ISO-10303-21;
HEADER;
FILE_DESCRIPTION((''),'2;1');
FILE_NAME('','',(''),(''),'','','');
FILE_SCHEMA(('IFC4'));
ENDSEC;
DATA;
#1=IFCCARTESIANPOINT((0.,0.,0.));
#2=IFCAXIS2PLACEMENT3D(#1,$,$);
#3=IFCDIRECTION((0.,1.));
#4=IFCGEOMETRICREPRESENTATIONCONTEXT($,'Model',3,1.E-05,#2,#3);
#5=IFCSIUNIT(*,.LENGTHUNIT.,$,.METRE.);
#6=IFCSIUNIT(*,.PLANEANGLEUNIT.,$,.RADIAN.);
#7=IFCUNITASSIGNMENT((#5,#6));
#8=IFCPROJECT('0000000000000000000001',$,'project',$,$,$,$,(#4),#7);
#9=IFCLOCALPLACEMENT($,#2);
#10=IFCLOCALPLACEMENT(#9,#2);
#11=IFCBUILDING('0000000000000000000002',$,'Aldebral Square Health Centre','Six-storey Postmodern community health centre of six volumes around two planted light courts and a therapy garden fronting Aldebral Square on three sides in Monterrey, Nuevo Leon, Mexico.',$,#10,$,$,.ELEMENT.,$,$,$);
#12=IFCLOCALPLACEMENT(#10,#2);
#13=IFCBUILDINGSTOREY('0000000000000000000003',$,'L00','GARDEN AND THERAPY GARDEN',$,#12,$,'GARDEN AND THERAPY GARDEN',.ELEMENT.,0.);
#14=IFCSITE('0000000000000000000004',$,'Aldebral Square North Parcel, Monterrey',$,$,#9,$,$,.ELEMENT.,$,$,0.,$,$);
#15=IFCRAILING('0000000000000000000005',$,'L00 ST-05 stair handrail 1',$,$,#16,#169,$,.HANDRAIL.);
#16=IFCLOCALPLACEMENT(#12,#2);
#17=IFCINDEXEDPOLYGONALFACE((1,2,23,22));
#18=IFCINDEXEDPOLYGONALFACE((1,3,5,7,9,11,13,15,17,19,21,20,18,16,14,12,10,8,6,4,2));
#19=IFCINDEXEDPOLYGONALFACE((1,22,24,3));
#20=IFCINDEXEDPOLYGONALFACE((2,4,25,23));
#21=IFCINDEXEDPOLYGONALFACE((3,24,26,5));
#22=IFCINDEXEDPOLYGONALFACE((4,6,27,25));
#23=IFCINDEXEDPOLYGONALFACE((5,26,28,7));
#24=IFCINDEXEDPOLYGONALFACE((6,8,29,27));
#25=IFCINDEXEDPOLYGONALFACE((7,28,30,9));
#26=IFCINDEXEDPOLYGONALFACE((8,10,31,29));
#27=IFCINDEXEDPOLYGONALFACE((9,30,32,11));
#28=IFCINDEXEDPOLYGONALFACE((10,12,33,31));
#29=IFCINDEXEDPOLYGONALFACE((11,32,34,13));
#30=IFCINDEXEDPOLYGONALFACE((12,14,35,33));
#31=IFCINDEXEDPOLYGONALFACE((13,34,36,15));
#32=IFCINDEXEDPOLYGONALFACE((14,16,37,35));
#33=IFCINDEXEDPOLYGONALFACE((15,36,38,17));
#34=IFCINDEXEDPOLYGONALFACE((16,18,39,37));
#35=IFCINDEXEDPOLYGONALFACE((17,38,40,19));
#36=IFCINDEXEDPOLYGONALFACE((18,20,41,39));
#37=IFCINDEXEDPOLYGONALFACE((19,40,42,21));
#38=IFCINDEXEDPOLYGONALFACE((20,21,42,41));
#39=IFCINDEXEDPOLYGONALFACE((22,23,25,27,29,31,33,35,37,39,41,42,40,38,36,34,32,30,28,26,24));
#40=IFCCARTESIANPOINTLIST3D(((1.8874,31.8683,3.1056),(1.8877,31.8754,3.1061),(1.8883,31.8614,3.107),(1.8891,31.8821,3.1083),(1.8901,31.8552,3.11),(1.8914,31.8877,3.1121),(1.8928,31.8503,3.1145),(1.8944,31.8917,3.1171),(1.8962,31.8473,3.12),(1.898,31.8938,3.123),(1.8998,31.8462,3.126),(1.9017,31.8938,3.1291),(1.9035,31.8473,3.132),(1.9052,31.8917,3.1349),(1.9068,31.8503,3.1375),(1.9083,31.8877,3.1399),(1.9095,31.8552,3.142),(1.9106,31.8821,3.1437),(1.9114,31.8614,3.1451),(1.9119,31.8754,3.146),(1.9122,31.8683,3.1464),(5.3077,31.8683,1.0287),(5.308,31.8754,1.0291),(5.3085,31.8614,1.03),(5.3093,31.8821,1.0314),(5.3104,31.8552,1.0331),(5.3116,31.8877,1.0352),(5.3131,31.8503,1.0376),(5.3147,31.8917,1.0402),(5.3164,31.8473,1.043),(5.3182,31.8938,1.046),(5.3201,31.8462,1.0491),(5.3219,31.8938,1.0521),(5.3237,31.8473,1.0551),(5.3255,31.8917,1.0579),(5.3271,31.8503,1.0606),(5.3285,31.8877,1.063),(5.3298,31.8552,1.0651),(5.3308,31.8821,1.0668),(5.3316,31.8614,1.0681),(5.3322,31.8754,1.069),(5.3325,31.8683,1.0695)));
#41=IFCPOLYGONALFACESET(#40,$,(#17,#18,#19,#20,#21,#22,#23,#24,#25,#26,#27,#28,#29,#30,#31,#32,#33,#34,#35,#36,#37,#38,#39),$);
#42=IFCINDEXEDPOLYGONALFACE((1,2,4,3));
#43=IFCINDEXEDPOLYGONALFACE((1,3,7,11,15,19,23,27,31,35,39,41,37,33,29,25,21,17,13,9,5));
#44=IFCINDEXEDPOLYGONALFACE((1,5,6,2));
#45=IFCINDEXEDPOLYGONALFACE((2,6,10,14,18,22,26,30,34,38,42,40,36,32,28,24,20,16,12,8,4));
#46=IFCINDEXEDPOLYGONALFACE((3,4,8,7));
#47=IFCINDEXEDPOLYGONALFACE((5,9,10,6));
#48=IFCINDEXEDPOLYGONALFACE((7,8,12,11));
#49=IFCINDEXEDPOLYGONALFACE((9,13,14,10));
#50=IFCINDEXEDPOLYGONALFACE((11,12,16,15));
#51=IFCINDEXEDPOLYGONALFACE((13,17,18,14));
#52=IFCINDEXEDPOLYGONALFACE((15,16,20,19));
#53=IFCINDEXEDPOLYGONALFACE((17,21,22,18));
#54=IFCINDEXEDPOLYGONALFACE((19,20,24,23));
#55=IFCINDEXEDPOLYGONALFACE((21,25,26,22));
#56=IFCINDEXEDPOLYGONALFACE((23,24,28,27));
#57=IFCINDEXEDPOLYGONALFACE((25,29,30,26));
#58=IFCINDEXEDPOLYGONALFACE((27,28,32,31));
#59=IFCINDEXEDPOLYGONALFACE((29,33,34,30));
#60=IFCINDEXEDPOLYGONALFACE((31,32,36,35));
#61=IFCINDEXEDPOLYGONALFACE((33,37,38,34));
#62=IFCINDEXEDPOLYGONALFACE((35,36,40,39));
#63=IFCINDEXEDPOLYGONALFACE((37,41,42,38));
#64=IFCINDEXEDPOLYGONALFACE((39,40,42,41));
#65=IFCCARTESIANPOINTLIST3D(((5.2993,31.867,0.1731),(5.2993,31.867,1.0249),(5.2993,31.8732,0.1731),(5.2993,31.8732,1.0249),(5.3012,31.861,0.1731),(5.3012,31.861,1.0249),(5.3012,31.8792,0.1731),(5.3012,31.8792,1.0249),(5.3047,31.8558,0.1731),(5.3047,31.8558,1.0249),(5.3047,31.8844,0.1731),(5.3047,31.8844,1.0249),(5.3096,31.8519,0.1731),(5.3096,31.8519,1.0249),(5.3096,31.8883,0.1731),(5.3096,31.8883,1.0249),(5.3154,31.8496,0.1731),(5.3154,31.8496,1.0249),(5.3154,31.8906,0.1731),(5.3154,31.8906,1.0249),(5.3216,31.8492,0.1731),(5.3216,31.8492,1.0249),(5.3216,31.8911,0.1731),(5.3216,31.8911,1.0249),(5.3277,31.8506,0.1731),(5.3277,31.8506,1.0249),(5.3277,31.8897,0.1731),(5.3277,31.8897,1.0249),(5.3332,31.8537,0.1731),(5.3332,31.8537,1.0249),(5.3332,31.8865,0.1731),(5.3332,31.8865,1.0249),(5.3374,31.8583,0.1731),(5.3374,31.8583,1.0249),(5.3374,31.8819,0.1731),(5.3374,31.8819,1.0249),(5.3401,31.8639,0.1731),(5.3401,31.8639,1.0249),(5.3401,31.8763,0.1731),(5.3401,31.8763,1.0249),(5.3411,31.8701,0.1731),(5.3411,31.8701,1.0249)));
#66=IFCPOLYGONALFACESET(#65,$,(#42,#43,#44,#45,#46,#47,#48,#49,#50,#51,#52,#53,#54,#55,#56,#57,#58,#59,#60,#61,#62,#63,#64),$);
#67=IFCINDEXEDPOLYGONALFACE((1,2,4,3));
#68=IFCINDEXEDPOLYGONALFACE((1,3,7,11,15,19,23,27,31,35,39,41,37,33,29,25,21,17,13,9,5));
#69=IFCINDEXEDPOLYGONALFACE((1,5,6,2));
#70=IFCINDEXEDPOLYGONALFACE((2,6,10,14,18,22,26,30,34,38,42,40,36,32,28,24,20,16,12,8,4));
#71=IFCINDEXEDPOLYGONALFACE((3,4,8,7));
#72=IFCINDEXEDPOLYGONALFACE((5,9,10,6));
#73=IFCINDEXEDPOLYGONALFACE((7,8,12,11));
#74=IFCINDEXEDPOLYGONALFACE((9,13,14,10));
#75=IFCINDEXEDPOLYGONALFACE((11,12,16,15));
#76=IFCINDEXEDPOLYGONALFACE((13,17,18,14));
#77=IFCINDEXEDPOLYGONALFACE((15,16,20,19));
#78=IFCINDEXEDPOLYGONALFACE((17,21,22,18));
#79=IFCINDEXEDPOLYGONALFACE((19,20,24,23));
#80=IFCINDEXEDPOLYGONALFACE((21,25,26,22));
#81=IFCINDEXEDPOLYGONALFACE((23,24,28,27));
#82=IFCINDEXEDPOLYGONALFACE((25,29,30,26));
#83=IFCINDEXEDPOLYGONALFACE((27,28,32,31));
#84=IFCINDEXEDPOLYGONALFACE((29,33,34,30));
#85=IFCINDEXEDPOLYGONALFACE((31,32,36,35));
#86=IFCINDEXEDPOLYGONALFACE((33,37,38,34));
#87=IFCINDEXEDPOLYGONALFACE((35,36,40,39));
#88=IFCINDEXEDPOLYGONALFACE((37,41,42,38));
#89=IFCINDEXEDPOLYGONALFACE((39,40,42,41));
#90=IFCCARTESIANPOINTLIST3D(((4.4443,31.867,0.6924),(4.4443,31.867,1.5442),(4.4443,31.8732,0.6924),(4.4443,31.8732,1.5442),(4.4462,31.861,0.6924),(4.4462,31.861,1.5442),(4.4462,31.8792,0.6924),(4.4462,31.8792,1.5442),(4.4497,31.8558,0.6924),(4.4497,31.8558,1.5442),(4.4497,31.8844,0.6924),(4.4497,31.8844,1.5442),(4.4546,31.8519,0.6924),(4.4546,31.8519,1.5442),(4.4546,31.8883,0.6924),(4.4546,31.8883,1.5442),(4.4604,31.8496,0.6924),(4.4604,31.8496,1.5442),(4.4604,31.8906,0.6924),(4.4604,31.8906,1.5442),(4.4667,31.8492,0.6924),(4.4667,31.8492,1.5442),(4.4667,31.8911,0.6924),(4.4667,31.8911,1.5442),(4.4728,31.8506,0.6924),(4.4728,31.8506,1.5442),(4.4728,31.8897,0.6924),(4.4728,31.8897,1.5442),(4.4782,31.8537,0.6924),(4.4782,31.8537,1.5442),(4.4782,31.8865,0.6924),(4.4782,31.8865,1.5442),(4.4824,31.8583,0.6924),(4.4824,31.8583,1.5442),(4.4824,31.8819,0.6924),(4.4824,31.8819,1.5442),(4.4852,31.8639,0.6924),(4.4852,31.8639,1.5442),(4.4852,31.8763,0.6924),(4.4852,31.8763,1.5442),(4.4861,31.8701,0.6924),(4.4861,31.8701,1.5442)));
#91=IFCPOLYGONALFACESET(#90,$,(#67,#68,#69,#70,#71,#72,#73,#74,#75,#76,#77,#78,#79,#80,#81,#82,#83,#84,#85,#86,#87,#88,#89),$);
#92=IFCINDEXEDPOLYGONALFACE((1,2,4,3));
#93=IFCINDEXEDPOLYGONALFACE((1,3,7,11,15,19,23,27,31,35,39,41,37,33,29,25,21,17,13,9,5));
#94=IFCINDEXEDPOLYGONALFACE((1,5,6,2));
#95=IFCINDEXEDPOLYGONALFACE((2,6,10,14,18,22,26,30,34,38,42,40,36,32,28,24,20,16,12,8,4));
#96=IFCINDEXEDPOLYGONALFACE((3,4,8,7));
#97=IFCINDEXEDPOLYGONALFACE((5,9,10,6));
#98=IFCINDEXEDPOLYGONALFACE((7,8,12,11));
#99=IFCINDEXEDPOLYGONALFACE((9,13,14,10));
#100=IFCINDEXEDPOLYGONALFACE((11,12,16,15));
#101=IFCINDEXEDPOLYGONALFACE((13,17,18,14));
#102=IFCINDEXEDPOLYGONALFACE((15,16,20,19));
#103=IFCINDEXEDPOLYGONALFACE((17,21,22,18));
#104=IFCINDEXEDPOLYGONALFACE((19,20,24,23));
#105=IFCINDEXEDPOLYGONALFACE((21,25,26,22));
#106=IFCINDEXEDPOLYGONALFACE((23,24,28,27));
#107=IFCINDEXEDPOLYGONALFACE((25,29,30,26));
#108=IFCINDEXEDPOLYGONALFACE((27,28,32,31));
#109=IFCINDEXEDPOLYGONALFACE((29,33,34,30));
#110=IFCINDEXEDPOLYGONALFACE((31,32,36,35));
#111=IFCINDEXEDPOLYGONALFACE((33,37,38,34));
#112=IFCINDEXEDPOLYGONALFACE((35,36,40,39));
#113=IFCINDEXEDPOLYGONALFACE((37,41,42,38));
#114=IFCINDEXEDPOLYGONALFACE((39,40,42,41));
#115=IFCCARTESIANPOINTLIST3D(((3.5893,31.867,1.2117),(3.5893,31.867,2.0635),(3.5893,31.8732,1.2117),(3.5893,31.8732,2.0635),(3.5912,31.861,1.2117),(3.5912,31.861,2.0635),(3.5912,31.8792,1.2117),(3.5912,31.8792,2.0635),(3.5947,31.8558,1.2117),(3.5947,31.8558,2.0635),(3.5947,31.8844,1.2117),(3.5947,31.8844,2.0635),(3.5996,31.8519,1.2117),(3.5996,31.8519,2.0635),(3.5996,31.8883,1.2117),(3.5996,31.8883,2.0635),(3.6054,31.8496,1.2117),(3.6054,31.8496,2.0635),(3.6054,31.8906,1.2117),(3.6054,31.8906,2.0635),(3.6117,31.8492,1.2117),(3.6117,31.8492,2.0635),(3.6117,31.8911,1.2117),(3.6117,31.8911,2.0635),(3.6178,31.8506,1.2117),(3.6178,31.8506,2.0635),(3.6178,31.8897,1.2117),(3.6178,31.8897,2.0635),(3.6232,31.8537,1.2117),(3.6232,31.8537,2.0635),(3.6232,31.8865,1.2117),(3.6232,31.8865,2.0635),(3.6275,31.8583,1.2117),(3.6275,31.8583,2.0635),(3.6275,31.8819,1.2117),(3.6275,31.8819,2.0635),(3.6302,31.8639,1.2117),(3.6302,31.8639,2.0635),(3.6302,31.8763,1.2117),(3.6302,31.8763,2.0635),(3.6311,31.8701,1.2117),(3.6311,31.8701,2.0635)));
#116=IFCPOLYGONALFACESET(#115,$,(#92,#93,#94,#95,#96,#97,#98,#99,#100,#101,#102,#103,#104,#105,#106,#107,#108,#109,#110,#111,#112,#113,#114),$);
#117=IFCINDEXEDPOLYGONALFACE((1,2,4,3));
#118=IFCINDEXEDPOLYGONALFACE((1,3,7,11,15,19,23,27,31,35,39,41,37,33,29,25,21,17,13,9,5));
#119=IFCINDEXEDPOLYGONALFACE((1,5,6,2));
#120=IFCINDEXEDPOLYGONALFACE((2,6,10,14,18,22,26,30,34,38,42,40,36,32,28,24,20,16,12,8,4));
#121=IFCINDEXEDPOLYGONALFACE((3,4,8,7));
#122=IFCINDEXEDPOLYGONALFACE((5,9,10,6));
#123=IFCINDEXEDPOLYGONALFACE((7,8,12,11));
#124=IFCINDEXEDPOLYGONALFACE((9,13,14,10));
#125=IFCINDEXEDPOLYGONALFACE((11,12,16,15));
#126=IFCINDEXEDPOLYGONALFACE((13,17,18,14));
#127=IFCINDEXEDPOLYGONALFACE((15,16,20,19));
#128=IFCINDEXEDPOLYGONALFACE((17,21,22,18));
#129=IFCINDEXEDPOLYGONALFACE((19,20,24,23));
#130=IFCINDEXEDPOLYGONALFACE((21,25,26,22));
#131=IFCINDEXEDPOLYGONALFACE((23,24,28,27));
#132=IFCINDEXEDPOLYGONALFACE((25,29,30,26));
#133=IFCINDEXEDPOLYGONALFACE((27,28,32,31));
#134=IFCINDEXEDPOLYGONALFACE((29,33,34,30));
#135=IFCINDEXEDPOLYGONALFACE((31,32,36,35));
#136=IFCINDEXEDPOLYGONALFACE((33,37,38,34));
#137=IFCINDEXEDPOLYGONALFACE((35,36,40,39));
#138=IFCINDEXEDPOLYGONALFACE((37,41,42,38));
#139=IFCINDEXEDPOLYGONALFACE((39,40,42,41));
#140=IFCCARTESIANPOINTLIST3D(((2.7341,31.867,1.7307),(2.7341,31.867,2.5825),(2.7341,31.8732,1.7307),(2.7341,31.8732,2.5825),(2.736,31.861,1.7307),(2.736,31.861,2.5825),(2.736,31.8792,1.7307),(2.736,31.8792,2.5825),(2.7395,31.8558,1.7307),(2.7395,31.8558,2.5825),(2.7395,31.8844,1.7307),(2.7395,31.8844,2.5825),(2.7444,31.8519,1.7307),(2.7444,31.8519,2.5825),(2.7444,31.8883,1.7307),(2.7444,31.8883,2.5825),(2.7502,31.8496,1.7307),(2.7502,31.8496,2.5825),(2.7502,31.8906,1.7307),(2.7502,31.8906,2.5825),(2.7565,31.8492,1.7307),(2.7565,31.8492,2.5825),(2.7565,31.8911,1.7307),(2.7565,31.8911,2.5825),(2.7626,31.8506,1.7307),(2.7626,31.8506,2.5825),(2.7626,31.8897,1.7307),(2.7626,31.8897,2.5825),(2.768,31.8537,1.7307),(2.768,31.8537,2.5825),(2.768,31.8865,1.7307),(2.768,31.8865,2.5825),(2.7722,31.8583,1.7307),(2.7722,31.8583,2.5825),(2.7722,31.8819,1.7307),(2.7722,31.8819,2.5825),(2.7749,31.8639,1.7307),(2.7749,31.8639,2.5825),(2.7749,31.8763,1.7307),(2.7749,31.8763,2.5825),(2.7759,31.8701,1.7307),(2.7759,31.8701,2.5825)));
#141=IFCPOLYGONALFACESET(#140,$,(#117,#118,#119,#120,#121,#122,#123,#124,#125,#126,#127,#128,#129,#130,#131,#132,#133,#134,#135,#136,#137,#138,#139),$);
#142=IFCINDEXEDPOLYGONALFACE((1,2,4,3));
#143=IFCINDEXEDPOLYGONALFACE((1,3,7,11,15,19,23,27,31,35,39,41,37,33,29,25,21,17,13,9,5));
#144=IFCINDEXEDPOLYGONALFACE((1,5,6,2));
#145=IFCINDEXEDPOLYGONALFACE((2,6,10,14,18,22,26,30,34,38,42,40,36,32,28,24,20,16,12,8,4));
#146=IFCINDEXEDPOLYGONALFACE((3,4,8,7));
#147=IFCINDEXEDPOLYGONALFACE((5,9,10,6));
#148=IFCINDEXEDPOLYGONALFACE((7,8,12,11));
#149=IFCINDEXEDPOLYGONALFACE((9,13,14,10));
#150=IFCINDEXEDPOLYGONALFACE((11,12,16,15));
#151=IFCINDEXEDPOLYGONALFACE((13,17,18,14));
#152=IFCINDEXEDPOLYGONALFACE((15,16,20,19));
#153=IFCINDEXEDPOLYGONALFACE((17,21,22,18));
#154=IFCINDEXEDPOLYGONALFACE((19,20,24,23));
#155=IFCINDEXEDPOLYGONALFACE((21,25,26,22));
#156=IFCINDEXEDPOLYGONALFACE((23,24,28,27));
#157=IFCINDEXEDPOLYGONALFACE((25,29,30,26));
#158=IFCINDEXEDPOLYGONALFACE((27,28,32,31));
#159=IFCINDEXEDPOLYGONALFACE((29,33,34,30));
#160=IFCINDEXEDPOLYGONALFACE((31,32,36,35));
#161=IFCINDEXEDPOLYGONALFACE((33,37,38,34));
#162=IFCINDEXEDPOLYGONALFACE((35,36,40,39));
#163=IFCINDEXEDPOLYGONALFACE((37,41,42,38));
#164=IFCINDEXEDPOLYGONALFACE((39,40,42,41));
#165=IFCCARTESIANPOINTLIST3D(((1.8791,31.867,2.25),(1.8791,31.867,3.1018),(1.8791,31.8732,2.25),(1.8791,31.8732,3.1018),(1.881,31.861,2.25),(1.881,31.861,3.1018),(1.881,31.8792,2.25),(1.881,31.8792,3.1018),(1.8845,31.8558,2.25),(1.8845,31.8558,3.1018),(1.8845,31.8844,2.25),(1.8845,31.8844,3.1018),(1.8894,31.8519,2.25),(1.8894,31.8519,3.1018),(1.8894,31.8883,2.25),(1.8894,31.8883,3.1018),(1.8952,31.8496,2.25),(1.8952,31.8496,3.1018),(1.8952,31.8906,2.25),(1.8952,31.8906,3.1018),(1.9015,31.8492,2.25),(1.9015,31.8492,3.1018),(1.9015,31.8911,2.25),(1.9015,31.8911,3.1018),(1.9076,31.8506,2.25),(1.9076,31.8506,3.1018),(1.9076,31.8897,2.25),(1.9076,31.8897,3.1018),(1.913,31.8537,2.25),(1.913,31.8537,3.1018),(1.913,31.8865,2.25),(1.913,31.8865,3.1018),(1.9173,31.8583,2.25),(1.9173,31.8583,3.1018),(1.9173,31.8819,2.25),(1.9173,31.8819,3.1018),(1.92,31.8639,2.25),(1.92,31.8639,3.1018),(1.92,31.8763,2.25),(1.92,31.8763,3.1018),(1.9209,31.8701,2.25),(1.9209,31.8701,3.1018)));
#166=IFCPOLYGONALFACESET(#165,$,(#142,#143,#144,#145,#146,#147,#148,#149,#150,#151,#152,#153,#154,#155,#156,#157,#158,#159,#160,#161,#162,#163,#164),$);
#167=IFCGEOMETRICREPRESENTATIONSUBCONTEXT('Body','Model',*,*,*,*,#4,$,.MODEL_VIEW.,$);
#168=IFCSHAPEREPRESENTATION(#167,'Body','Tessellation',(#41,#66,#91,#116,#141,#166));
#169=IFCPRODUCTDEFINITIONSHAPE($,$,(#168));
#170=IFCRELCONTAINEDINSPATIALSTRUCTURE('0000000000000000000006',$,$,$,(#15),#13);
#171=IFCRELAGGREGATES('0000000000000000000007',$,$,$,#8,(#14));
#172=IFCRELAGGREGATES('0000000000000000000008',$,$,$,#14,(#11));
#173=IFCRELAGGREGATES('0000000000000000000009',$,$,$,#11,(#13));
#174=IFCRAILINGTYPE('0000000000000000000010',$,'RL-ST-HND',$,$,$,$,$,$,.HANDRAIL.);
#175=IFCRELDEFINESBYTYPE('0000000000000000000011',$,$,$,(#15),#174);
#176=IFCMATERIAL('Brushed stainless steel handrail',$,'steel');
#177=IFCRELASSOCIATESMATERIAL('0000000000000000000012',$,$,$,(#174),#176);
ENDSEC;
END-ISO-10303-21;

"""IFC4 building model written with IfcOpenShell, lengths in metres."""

from ifc_helpers import new_model, si_unit, direction, frame, origin, origin_2d, place, context, subcontext, project, spatial, circle, extrude, material, type_object, element, save


model = new_model("IFC4")

# Units and contexts
model_context = context("Model", 3, precision=1e-05, world=origin(), true_north=direction((0.0, 1.0)))
body_context = subcontext(model_context, "Body", "Model", "MODEL_VIEW")
ifc_project = project(units=[si_unit("LENGTHUNIT", "METRE"), si_unit("PLANEANGLEUNIT", "RADIAN")], contexts=[model_context])

# Site, building, storey
site_placement = place(None, origin())
site = spatial("IfcSite", under=ifc_project, at=site_placement, Name="Aldebral Square North Parcel, Monterrey", CompositionType="ELEMENT", RefElevation=0.0)
building_placement = place(site_placement, origin())
building = spatial("IfcBuilding", under=site, at=building_placement, Name="Aldebral Square Health Centre", Description="Six-storey Postmodern community health centre of six volumes around two planted light courts and a therapy garden fronting Aldebral Square on three sides in Monterrey, Nuevo Leon, Mexico.", CompositionType="ELEMENT")
storey_placement = place(building_placement, origin())
storey = spatial("IfcBuildingStorey", under=building, at=storey_placement, Name="L00", Description="GARDEN AND THERAPY GARDEN", LongName="GARDEN AND THERAPY GARDEN", CompositionType="ELEMENT", Elevation=0.0)

# Railing
ifc_material_1 = material(Name="Brushed stainless steel handrail", Category="steel")
railing_type_1 = type_object("IfcRailingType", Name="RL-ST-HND", PredefinedType="HANDRAIL", material=ifc_material_1)
railing_1_placement = place(storey_placement, frame((5.3201, 31.8701, 0.1731)))
element("IfcRailing", 1, at=railing_1_placement, inside=storey, type_object=railing_type_1, Name="L00 ST-05 stair handrail 1", PredefinedType="HANDRAIL", context=body_context, shape_type="SweptSolid", body=[
    extrude(circle(Radius=0.0239, at=origin_2d()), frame((0.0, 0.0, 0.876), z_axis=(-0.854746, 0.0, 0.519047), x_axis=(0.0, -1.0, 0.0)), (0.0, 0.0, 1.0), 4.0015),
    extrude(circle(Radius=0.021, at=origin_2d()), origin(), (0.0, 0.0, 1.0), 0.8518),
    extrude(circle(Radius=0.021, at=origin_2d()), frame((-0.855, 0.0, 0.5193)), (0.0, 0.0, 1.0), 0.8518),
    extrude(circle(Radius=0.021, at=origin_2d()), frame((-1.71, 0.0, 1.0386)), (0.0, 0.0, 1.0), 0.8518),
    extrude(circle(Radius=0.021, at=origin_2d()), frame((-2.5652, 0.0, 1.5576)), (0.0, 0.0, 1.0), 0.8518),
    extrude(circle(Radius=0.021, at=origin_2d()), frame((-3.4202, 0.0, 2.0769)), (0.0, 0.0, 1.0), 0.8518),
])

save(model, "model.ifc")
